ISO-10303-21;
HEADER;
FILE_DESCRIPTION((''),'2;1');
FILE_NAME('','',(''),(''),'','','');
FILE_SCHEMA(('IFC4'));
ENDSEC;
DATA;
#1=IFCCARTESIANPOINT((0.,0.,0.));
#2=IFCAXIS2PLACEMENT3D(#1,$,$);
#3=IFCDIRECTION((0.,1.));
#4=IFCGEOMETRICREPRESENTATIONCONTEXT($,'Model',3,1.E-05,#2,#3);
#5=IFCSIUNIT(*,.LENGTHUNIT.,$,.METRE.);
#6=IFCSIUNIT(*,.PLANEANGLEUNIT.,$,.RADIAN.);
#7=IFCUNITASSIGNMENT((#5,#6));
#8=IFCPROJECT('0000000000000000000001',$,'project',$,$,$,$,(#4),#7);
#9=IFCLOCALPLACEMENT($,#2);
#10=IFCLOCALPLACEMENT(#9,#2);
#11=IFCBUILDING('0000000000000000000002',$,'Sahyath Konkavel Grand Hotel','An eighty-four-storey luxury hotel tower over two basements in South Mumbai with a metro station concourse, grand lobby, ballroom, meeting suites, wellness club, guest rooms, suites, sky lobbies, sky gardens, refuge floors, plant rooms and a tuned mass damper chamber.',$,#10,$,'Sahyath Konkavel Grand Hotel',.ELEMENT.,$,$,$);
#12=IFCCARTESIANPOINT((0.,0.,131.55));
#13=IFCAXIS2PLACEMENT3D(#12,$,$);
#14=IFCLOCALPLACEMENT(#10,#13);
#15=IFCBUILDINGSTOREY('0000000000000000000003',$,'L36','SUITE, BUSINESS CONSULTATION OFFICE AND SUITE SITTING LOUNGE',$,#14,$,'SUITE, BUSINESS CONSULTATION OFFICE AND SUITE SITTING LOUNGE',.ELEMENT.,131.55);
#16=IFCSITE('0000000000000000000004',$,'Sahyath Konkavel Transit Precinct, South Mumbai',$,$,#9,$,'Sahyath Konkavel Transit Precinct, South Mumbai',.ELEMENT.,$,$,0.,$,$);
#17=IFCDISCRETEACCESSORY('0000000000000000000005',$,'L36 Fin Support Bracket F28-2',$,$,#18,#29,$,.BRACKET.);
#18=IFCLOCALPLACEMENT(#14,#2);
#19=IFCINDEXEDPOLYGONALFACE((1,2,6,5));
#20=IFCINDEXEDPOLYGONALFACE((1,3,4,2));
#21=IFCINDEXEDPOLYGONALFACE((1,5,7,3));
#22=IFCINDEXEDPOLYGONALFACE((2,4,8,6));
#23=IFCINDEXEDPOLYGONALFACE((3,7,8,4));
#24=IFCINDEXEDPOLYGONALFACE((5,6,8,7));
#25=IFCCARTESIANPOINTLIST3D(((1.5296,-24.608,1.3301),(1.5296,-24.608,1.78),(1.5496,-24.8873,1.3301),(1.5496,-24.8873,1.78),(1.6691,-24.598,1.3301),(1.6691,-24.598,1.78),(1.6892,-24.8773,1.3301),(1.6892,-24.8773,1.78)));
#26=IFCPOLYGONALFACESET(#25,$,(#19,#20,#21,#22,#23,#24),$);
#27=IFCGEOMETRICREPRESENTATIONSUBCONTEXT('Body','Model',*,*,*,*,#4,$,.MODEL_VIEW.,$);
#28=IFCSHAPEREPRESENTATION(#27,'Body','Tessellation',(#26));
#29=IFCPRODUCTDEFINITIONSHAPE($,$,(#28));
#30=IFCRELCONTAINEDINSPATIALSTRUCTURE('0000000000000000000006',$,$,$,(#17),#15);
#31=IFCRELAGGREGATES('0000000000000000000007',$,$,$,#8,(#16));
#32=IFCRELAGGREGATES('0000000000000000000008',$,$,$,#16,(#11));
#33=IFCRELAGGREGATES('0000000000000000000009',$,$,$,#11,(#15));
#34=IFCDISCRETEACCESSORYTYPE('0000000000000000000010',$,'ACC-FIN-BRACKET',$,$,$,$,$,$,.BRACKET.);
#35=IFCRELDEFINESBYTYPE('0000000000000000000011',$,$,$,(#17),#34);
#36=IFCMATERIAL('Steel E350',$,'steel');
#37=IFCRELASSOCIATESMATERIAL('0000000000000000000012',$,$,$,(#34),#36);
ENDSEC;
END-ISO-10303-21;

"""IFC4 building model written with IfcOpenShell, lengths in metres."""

from ifc_helpers import new_model, si_unit, direction, frame, origin, origin_2d, place, context, subcontext, project, spatial, rectangle, extrude, source, transform, mapped, material, type_object, element, save


model = new_model("IFC4")

# Units and contexts
model_context = context("Model", 3, precision=1e-05, world=origin(), true_north=direction((0.0, 1.0)))
body_context = subcontext(model_context, "Body", "Model", "MODEL_VIEW")
ifc_project = project(units=[si_unit("LENGTHUNIT", "METRE"), si_unit("PLANEANGLEUNIT", "RADIAN")], contexts=[model_context])

# Site, building, storey
site_placement = place(None, origin())
site = spatial("IfcSite", under=ifc_project, at=site_placement, Name="Sahyath Konkavel Transit Precinct, South Mumbai", LongName="Sahyath Konkavel Transit Precinct, South Mumbai", CompositionType="ELEMENT", RefElevation=0.0)
building_placement = place(site_placement, origin())
building = spatial("IfcBuilding", under=site, at=building_placement, Name="Sahyath Konkavel Grand Hotel", Description="An eighty-four-storey luxury hotel tower over two basements in South Mumbai with a metro station concourse, grand lobby, ballroom, meeting suites, wellness club, guest rooms, suites, sky lobbies, sky gardens, refuge floors, plant rooms and a tuned mass damper chamber.", LongName="Sahyath Konkavel Grand Hotel", CompositionType="ELEMENT")
storey_placement = place(building_placement, frame((0.0, 0.0, 131.55)))
storey = spatial("IfcBuildingStorey", under=building, at=storey_placement, Name="L36", Description="SUITE, BUSINESS CONSULTATION OFFICE AND SUITE SITTING LOUNGE", LongName="SUITE, BUSINESS CONSULTATION OFFICE AND SUITE SITTING LOUNGE", CompositionType="ELEMENT", Elevation=131.55)

# Shared definitions
ifc_material_1 = material(Name="Steel E350", Category="steel")

# Discrete accessory
discrete_accessory_type = type_object("IfcDiscreteAccessoryType", Name="ACC-FIN-BRACKET", PredefinedType="BRACKET", material=ifc_material_1)
shared_shape_1 = source(origin(), body_context, "Body", "SweptSolid", [
    extrude(rectangle(XDim=0.28, YDim=0.1399, at=origin_2d()), origin(), (0.0, 0.0, 1.0), 0.45),
])
discrete_accessory_placement = place(storey_placement, frame((1.6094, -24.7427, 1.3301), z_axis=(0.0, 0.0, 1.0), x_axis=(0.071567, -0.997436, 0.0)))
element("IfcDiscreteAccessory", 1, at=discrete_accessory_placement, inside=storey, type_object=discrete_accessory_type, Name="L36 Fin Support Bracket F28-2", PredefinedType="BRACKET", context=body_context, shape_type="MappedRepresentation", body=[
    mapped(shared_shape_1, transform((0.0, 0.0, 0.0), scale=1.0)),
])

save(model, "model.ifc")
